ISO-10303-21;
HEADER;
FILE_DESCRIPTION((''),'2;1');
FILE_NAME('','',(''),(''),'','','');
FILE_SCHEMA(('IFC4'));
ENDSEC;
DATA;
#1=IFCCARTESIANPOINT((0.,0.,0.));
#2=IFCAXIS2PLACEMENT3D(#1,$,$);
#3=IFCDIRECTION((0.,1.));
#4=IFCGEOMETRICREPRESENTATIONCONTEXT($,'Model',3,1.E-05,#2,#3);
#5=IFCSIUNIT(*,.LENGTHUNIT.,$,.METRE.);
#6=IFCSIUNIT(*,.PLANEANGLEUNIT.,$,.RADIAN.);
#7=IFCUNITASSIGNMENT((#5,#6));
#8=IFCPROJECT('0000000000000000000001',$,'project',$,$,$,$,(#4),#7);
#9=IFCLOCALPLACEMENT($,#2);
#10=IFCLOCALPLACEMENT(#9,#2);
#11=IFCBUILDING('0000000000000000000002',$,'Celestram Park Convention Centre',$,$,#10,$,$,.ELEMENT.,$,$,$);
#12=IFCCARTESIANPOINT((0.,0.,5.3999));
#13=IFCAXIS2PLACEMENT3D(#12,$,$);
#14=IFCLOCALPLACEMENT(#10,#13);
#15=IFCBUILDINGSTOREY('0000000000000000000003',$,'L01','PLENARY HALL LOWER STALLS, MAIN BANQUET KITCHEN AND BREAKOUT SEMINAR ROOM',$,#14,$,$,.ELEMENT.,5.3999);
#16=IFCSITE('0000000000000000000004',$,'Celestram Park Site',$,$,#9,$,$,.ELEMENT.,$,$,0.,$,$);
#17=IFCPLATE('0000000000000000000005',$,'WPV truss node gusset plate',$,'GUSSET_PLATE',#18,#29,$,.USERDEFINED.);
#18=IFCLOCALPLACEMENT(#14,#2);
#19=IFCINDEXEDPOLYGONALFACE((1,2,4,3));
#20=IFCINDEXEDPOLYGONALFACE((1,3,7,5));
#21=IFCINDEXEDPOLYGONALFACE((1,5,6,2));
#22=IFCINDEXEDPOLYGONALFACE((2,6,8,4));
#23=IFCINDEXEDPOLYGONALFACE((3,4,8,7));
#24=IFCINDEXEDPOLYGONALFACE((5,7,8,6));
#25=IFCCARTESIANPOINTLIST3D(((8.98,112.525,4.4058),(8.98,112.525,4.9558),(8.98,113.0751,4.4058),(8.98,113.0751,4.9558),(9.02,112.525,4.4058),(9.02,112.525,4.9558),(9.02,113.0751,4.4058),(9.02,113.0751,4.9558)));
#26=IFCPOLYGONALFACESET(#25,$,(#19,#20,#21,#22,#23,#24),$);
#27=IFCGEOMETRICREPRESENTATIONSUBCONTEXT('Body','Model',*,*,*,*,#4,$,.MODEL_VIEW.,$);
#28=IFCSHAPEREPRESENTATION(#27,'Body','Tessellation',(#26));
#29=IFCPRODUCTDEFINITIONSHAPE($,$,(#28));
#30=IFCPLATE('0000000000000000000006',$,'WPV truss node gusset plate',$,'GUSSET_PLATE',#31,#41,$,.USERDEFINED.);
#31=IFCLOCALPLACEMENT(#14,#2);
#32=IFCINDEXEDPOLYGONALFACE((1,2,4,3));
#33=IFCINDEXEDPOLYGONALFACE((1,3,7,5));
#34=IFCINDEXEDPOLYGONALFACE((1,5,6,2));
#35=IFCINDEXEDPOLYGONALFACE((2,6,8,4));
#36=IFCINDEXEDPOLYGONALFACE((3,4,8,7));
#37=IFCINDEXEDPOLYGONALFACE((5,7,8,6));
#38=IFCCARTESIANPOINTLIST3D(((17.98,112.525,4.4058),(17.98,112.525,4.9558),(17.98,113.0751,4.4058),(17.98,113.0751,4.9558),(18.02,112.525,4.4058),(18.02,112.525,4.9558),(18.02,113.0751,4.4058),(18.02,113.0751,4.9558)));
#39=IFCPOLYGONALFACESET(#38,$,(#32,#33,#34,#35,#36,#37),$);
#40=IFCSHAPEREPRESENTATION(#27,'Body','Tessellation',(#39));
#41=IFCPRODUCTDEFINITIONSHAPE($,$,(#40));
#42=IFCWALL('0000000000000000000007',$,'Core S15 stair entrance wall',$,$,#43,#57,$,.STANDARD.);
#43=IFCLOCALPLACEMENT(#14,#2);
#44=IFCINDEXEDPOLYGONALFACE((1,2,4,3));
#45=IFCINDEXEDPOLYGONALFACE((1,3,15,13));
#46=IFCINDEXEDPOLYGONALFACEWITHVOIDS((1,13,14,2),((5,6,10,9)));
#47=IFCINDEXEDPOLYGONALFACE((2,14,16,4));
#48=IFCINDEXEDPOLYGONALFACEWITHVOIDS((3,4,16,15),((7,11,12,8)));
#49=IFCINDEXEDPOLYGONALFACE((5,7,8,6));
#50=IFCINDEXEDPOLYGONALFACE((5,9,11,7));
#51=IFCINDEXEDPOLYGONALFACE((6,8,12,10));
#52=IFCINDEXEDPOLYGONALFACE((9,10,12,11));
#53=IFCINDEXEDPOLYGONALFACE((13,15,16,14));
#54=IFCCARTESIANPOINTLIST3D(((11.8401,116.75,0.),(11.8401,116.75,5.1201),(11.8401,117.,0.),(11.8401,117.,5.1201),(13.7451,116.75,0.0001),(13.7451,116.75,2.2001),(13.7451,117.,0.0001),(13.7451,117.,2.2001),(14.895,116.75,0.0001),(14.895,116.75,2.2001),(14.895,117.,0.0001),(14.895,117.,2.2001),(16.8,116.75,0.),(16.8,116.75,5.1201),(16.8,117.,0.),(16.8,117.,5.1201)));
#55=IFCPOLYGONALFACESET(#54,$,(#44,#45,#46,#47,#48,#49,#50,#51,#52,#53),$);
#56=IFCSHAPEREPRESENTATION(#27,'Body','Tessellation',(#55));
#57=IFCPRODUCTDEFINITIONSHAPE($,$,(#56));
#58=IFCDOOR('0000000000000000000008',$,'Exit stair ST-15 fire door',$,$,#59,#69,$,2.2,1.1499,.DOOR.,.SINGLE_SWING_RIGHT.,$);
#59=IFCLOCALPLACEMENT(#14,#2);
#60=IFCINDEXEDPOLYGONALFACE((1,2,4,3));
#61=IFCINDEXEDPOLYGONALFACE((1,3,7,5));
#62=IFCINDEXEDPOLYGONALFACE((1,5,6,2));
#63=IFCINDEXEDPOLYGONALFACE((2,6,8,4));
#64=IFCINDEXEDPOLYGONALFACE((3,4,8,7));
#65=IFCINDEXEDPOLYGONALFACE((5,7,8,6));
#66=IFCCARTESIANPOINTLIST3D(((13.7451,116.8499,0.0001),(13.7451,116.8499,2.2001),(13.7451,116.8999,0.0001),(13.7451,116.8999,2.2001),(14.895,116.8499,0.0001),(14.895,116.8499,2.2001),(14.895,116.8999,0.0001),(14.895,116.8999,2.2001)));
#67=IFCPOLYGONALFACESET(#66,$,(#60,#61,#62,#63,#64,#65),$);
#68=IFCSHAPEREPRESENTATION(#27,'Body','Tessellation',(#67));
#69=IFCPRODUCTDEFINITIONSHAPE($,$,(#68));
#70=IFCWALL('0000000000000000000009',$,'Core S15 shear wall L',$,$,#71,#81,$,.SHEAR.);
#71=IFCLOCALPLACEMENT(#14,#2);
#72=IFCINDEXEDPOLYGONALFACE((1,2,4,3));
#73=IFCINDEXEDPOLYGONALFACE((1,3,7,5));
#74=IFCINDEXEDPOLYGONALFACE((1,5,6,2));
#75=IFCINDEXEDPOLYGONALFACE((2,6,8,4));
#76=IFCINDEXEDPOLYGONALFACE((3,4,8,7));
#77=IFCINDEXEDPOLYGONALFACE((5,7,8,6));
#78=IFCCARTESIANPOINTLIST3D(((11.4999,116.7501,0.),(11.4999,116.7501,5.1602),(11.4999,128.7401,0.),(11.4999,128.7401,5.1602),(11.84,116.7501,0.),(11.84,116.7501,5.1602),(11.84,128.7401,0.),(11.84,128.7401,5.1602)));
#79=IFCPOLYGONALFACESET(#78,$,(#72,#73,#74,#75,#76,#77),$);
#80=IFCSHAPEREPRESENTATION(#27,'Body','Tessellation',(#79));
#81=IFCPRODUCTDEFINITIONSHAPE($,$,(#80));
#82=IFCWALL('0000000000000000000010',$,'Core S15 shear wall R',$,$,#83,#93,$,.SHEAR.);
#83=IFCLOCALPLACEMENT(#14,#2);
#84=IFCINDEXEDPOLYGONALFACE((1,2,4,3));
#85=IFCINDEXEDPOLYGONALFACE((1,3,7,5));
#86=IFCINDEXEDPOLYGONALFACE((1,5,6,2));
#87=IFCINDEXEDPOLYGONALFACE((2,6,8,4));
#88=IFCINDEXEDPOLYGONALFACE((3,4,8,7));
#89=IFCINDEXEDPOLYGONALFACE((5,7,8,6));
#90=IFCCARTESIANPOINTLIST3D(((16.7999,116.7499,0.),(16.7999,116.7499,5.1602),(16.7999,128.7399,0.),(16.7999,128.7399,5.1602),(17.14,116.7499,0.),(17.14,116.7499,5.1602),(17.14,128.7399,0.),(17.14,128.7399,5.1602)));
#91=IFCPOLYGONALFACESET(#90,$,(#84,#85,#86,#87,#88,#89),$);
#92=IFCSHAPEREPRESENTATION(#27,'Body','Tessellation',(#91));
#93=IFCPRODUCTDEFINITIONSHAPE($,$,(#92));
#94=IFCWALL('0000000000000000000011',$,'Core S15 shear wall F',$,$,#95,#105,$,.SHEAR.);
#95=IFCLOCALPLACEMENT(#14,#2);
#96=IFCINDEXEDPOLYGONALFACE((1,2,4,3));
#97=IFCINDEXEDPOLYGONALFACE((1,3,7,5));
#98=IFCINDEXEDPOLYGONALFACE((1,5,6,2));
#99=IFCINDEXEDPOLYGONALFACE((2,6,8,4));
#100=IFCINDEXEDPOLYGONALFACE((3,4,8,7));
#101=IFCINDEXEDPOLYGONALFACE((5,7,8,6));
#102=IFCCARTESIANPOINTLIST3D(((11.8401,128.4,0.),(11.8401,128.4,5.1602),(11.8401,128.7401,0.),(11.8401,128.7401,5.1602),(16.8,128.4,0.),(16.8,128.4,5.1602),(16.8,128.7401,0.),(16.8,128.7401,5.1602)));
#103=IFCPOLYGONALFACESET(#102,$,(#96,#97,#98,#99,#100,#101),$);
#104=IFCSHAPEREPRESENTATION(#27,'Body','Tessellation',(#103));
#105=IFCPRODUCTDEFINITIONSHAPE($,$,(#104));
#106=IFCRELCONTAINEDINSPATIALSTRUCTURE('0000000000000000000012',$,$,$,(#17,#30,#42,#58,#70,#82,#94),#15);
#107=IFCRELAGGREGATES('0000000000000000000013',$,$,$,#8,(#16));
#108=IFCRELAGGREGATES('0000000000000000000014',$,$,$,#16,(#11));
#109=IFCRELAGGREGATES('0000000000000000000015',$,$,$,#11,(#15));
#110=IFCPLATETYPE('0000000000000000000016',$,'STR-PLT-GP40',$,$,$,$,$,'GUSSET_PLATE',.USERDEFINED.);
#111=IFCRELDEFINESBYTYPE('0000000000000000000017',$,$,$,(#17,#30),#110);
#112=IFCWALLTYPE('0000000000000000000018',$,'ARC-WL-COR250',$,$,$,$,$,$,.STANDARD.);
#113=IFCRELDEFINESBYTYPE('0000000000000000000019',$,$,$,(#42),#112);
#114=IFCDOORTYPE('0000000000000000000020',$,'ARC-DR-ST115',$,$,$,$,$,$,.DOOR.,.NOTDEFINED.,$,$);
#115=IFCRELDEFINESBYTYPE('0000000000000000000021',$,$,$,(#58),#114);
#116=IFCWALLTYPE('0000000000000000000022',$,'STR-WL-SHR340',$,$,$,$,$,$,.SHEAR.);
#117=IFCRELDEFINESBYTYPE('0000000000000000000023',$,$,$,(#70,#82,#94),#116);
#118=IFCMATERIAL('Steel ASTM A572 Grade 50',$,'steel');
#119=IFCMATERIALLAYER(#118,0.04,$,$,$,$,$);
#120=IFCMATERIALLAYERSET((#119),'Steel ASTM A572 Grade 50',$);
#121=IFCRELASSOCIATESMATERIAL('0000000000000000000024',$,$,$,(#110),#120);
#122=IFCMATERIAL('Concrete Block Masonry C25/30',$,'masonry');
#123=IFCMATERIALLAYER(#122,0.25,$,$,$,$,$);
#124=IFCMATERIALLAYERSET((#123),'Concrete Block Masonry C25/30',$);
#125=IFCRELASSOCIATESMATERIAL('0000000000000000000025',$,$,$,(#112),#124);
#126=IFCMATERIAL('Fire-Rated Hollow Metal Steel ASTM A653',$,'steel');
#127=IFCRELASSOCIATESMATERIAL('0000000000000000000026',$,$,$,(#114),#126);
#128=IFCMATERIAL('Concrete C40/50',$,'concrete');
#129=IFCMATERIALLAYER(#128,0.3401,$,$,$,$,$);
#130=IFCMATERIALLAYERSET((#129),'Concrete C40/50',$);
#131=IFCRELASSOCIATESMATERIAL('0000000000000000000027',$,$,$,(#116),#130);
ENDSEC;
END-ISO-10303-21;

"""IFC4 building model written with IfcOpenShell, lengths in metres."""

from ifc_helpers import new_model, si_unit, direction, frame, frame_2d, origin, origin_2d, place, context, subcontext, project, spatial, rectangle, extrude, material, layer, layer_set, type_object, element, fill, save


model = new_model("IFC4")

# Units and contexts
model_context = context("Model", 3, precision=1e-05, world=origin(), true_north=direction((0.0, 1.0)))
body_context = subcontext(model_context, "Body", "Model", "MODEL_VIEW")
ifc_project = project(units=[si_unit("LENGTHUNIT", "METRE"), si_unit("PLANEANGLEUNIT", "RADIAN")], contexts=[model_context])

# Site, building, storey
site_placement = place(None, origin())
site = spatial("IfcSite", under=ifc_project, at=site_placement, Name="Celestram Park Site", CompositionType="ELEMENT", RefElevation=0.0)
building_placement = place(site_placement, origin())
building = spatial("IfcBuilding", under=site, at=building_placement, Name="Celestram Park Convention Centre", CompositionType="ELEMENT")
storey_placement = place(building_placement, frame((0.0, 0.0, 5.3999)))
storey = spatial("IfcBuildingStorey", under=building, at=storey_placement, Name="L01", Description="PLENARY HALL LOWER STALLS, MAIN BANQUET KITCHEN AND BREAKOUT SEMINAR ROOM", CompositionType="ELEMENT", Elevation=5.3999)

# Shared definitions
ifc_material_1 = material(Name="Concrete C40/50", Category="concrete")

# Plates
ifc_material_2 = material(Name="Steel ASTM A572 Grade 50", Category="steel")
ifc_layer_1 = layer(ifc_material_2, 0.04)
ifc_layer_set_1 = layer_set([ifc_layer_1], Name="Steel ASTM A572 Grade 50")
plate_type = type_object("IfcPlateType", Name="STR-PLT-GP40", ElementType="GUSSET_PLATE", PredefinedType="USERDEFINED", material=ifc_layer_set_1)
for number, where, z_axis, x_axis, name in (
    (1, (9.0, 112.8, 4.4058), (0.0, 0.0, 1.0), (0.0, 1.0, 0.0), "WPV truss node gusset plate"),
    (2, (18.0, 112.8, 4.4058), (0.0, 0.0, 1.0), (0.0, 1.0, 0.0), "WPV truss node gusset plate"),
):
    element("IfcPlate", number, at=place(storey_placement, frame(where, z_axis=z_axis, x_axis=x_axis)), inside=storey, type_object=plate_type, Name=name, ObjectType="GUSSET_PLATE", PredefinedType="USERDEFINED", context=body_context, shape_type="SweptSolid", body=[
        extrude(rectangle(XDim=0.55, YDim=0.04, at=origin_2d()), origin(), (0.0, 0.0, 1.0), 0.55),
    ])

# Wall, opening, door
ifc_material_3 = material(Name="Concrete Block Masonry C25/30", Category="masonry")
ifc_layer_2 = layer(ifc_material_3, 0.25)
ifc_layer_set_2 = layer_set([ifc_layer_2], Name="Concrete Block Masonry C25/30")
wall_type_1 = type_object("IfcWallType", Name="ARC-WL-COR250", PredefinedType="STANDARD", material=ifc_layer_set_2)
wall_1_placement = place(storey_placement, frame((11.8401, 116.875, 0.0), z_axis=(0.0, 0.0, 1.0), x_axis=(1.0, 0.0, 0.0)))
wall_1 = element("IfcWall", 3, at=wall_1_placement, inside=storey, type_object=wall_type_1, Name="Core S15 stair entrance wall", PredefinedType="STANDARD", context=body_context, shape_type="SweptSolid", body=[
    extrude(rectangle(XDim=4.96, YDim=0.25, at=frame_2d((2.48, 0.0))), origin(), (0.0, 0.0, 1.0), 5.1201),
])
opening_placement = place(wall_1_placement, frame((1.905, 0.0, 0.0)))
opening = element("IfcOpeningElement", 4, at=opening_placement, cuts=wall_1, PredefinedType="OPENING", context=body_context, shape_type="SweptSolid", body=[
    extrude(rectangle(XDim=1.1499, YDim=2.2, at=frame_2d((0.575, 1.1001))), frame((0.0, 0.135, 0.0), z_axis=(0.0, -1.0, 0.0), x_axis=(1.0, 0.0, 0.0)), (0.0, 0.0, 1.0), 0.27),
])
ifc_material_4 = material(Name="Fire-Rated Hollow Metal Steel ASTM A653", Category="steel")
door_type = type_object("IfcDoorType", Name="ARC-DR-ST115", OperationType="NOTDEFINED", PredefinedType="DOOR", material=ifc_material_4)
door_placement = place(opening_placement, origin())
door = element("IfcDoor", 5, at=door_placement, inside=storey, type_object=door_type, Name="Exit stair ST-15 fire door", OperationType="SINGLE_SWING_RIGHT", OverallHeight=2.2, OverallWidth=1.1499, PredefinedType="DOOR", context=body_context, shape_type="SweptSolid", body=[
    extrude(rectangle(XDim=1.1499, YDim=2.2, at=frame_2d((0.575, 1.1001))), frame((0.0, 0.0249, 0.0), z_axis=(0.0, -1.0, 0.0), x_axis=(1.0, 0.0, 0.0)), (0.0, 0.0, 1.0), 0.05),
])
fill(opening, door)

# Walls
ifc_layer_3 = layer(ifc_material_1, 0.3401)
ifc_layer_set_3 = layer_set([ifc_layer_3], Name="Concrete C40/50")
wall_type_2 = type_object("IfcWallType", Name="STR-WL-SHR340", PredefinedType="SHEAR", material=ifc_layer_set_3)
for number, where, z_axis, x_axis, name in (
    (6, (11.6699, 116.75, 0.0), (0.0, 0.0, 1.0), (0.0, 1.0, 0.0), "Core S15 shear wall L"),
    (7, (16.97, 128.74, 0.0), (0.0, 0.0, 1.0), (0.0, -1.0, 0.0), "Core S15 shear wall R"),
):
    element("IfcWall", number, at=place(storey_placement, frame(where, z_axis=z_axis, x_axis=x_axis)), inside=storey, type_object=wall_type_2, Name=name, PredefinedType="SHEAR", context=body_context, shape_type="SweptSolid", body=[
        extrude(rectangle(XDim=11.99, YDim=0.3401, at=frame_2d((5.9951, 0.0))), origin(), (0.0, 0.0, 1.0), 5.1602),
    ])
wall_2_placement = place(storey_placement, frame((11.8401, 128.5701, 0.0), z_axis=(0.0, 0.0, 1.0), x_axis=(1.0, 0.0, 0.0)))
element("IfcWall", 8, at=wall_2_placement, inside=storey, type_object=wall_type_2, Name="Core S15 shear wall F", PredefinedType="SHEAR", context=body_context, shape_type="SweptSolid", body=[
    extrude(rectangle(XDim=4.96, YDim=0.3401, at=frame_2d((2.48, 0.0))), origin(), (0.0, 0.0, 1.0), 5.1602),
])

save(model, "model.ifc")
